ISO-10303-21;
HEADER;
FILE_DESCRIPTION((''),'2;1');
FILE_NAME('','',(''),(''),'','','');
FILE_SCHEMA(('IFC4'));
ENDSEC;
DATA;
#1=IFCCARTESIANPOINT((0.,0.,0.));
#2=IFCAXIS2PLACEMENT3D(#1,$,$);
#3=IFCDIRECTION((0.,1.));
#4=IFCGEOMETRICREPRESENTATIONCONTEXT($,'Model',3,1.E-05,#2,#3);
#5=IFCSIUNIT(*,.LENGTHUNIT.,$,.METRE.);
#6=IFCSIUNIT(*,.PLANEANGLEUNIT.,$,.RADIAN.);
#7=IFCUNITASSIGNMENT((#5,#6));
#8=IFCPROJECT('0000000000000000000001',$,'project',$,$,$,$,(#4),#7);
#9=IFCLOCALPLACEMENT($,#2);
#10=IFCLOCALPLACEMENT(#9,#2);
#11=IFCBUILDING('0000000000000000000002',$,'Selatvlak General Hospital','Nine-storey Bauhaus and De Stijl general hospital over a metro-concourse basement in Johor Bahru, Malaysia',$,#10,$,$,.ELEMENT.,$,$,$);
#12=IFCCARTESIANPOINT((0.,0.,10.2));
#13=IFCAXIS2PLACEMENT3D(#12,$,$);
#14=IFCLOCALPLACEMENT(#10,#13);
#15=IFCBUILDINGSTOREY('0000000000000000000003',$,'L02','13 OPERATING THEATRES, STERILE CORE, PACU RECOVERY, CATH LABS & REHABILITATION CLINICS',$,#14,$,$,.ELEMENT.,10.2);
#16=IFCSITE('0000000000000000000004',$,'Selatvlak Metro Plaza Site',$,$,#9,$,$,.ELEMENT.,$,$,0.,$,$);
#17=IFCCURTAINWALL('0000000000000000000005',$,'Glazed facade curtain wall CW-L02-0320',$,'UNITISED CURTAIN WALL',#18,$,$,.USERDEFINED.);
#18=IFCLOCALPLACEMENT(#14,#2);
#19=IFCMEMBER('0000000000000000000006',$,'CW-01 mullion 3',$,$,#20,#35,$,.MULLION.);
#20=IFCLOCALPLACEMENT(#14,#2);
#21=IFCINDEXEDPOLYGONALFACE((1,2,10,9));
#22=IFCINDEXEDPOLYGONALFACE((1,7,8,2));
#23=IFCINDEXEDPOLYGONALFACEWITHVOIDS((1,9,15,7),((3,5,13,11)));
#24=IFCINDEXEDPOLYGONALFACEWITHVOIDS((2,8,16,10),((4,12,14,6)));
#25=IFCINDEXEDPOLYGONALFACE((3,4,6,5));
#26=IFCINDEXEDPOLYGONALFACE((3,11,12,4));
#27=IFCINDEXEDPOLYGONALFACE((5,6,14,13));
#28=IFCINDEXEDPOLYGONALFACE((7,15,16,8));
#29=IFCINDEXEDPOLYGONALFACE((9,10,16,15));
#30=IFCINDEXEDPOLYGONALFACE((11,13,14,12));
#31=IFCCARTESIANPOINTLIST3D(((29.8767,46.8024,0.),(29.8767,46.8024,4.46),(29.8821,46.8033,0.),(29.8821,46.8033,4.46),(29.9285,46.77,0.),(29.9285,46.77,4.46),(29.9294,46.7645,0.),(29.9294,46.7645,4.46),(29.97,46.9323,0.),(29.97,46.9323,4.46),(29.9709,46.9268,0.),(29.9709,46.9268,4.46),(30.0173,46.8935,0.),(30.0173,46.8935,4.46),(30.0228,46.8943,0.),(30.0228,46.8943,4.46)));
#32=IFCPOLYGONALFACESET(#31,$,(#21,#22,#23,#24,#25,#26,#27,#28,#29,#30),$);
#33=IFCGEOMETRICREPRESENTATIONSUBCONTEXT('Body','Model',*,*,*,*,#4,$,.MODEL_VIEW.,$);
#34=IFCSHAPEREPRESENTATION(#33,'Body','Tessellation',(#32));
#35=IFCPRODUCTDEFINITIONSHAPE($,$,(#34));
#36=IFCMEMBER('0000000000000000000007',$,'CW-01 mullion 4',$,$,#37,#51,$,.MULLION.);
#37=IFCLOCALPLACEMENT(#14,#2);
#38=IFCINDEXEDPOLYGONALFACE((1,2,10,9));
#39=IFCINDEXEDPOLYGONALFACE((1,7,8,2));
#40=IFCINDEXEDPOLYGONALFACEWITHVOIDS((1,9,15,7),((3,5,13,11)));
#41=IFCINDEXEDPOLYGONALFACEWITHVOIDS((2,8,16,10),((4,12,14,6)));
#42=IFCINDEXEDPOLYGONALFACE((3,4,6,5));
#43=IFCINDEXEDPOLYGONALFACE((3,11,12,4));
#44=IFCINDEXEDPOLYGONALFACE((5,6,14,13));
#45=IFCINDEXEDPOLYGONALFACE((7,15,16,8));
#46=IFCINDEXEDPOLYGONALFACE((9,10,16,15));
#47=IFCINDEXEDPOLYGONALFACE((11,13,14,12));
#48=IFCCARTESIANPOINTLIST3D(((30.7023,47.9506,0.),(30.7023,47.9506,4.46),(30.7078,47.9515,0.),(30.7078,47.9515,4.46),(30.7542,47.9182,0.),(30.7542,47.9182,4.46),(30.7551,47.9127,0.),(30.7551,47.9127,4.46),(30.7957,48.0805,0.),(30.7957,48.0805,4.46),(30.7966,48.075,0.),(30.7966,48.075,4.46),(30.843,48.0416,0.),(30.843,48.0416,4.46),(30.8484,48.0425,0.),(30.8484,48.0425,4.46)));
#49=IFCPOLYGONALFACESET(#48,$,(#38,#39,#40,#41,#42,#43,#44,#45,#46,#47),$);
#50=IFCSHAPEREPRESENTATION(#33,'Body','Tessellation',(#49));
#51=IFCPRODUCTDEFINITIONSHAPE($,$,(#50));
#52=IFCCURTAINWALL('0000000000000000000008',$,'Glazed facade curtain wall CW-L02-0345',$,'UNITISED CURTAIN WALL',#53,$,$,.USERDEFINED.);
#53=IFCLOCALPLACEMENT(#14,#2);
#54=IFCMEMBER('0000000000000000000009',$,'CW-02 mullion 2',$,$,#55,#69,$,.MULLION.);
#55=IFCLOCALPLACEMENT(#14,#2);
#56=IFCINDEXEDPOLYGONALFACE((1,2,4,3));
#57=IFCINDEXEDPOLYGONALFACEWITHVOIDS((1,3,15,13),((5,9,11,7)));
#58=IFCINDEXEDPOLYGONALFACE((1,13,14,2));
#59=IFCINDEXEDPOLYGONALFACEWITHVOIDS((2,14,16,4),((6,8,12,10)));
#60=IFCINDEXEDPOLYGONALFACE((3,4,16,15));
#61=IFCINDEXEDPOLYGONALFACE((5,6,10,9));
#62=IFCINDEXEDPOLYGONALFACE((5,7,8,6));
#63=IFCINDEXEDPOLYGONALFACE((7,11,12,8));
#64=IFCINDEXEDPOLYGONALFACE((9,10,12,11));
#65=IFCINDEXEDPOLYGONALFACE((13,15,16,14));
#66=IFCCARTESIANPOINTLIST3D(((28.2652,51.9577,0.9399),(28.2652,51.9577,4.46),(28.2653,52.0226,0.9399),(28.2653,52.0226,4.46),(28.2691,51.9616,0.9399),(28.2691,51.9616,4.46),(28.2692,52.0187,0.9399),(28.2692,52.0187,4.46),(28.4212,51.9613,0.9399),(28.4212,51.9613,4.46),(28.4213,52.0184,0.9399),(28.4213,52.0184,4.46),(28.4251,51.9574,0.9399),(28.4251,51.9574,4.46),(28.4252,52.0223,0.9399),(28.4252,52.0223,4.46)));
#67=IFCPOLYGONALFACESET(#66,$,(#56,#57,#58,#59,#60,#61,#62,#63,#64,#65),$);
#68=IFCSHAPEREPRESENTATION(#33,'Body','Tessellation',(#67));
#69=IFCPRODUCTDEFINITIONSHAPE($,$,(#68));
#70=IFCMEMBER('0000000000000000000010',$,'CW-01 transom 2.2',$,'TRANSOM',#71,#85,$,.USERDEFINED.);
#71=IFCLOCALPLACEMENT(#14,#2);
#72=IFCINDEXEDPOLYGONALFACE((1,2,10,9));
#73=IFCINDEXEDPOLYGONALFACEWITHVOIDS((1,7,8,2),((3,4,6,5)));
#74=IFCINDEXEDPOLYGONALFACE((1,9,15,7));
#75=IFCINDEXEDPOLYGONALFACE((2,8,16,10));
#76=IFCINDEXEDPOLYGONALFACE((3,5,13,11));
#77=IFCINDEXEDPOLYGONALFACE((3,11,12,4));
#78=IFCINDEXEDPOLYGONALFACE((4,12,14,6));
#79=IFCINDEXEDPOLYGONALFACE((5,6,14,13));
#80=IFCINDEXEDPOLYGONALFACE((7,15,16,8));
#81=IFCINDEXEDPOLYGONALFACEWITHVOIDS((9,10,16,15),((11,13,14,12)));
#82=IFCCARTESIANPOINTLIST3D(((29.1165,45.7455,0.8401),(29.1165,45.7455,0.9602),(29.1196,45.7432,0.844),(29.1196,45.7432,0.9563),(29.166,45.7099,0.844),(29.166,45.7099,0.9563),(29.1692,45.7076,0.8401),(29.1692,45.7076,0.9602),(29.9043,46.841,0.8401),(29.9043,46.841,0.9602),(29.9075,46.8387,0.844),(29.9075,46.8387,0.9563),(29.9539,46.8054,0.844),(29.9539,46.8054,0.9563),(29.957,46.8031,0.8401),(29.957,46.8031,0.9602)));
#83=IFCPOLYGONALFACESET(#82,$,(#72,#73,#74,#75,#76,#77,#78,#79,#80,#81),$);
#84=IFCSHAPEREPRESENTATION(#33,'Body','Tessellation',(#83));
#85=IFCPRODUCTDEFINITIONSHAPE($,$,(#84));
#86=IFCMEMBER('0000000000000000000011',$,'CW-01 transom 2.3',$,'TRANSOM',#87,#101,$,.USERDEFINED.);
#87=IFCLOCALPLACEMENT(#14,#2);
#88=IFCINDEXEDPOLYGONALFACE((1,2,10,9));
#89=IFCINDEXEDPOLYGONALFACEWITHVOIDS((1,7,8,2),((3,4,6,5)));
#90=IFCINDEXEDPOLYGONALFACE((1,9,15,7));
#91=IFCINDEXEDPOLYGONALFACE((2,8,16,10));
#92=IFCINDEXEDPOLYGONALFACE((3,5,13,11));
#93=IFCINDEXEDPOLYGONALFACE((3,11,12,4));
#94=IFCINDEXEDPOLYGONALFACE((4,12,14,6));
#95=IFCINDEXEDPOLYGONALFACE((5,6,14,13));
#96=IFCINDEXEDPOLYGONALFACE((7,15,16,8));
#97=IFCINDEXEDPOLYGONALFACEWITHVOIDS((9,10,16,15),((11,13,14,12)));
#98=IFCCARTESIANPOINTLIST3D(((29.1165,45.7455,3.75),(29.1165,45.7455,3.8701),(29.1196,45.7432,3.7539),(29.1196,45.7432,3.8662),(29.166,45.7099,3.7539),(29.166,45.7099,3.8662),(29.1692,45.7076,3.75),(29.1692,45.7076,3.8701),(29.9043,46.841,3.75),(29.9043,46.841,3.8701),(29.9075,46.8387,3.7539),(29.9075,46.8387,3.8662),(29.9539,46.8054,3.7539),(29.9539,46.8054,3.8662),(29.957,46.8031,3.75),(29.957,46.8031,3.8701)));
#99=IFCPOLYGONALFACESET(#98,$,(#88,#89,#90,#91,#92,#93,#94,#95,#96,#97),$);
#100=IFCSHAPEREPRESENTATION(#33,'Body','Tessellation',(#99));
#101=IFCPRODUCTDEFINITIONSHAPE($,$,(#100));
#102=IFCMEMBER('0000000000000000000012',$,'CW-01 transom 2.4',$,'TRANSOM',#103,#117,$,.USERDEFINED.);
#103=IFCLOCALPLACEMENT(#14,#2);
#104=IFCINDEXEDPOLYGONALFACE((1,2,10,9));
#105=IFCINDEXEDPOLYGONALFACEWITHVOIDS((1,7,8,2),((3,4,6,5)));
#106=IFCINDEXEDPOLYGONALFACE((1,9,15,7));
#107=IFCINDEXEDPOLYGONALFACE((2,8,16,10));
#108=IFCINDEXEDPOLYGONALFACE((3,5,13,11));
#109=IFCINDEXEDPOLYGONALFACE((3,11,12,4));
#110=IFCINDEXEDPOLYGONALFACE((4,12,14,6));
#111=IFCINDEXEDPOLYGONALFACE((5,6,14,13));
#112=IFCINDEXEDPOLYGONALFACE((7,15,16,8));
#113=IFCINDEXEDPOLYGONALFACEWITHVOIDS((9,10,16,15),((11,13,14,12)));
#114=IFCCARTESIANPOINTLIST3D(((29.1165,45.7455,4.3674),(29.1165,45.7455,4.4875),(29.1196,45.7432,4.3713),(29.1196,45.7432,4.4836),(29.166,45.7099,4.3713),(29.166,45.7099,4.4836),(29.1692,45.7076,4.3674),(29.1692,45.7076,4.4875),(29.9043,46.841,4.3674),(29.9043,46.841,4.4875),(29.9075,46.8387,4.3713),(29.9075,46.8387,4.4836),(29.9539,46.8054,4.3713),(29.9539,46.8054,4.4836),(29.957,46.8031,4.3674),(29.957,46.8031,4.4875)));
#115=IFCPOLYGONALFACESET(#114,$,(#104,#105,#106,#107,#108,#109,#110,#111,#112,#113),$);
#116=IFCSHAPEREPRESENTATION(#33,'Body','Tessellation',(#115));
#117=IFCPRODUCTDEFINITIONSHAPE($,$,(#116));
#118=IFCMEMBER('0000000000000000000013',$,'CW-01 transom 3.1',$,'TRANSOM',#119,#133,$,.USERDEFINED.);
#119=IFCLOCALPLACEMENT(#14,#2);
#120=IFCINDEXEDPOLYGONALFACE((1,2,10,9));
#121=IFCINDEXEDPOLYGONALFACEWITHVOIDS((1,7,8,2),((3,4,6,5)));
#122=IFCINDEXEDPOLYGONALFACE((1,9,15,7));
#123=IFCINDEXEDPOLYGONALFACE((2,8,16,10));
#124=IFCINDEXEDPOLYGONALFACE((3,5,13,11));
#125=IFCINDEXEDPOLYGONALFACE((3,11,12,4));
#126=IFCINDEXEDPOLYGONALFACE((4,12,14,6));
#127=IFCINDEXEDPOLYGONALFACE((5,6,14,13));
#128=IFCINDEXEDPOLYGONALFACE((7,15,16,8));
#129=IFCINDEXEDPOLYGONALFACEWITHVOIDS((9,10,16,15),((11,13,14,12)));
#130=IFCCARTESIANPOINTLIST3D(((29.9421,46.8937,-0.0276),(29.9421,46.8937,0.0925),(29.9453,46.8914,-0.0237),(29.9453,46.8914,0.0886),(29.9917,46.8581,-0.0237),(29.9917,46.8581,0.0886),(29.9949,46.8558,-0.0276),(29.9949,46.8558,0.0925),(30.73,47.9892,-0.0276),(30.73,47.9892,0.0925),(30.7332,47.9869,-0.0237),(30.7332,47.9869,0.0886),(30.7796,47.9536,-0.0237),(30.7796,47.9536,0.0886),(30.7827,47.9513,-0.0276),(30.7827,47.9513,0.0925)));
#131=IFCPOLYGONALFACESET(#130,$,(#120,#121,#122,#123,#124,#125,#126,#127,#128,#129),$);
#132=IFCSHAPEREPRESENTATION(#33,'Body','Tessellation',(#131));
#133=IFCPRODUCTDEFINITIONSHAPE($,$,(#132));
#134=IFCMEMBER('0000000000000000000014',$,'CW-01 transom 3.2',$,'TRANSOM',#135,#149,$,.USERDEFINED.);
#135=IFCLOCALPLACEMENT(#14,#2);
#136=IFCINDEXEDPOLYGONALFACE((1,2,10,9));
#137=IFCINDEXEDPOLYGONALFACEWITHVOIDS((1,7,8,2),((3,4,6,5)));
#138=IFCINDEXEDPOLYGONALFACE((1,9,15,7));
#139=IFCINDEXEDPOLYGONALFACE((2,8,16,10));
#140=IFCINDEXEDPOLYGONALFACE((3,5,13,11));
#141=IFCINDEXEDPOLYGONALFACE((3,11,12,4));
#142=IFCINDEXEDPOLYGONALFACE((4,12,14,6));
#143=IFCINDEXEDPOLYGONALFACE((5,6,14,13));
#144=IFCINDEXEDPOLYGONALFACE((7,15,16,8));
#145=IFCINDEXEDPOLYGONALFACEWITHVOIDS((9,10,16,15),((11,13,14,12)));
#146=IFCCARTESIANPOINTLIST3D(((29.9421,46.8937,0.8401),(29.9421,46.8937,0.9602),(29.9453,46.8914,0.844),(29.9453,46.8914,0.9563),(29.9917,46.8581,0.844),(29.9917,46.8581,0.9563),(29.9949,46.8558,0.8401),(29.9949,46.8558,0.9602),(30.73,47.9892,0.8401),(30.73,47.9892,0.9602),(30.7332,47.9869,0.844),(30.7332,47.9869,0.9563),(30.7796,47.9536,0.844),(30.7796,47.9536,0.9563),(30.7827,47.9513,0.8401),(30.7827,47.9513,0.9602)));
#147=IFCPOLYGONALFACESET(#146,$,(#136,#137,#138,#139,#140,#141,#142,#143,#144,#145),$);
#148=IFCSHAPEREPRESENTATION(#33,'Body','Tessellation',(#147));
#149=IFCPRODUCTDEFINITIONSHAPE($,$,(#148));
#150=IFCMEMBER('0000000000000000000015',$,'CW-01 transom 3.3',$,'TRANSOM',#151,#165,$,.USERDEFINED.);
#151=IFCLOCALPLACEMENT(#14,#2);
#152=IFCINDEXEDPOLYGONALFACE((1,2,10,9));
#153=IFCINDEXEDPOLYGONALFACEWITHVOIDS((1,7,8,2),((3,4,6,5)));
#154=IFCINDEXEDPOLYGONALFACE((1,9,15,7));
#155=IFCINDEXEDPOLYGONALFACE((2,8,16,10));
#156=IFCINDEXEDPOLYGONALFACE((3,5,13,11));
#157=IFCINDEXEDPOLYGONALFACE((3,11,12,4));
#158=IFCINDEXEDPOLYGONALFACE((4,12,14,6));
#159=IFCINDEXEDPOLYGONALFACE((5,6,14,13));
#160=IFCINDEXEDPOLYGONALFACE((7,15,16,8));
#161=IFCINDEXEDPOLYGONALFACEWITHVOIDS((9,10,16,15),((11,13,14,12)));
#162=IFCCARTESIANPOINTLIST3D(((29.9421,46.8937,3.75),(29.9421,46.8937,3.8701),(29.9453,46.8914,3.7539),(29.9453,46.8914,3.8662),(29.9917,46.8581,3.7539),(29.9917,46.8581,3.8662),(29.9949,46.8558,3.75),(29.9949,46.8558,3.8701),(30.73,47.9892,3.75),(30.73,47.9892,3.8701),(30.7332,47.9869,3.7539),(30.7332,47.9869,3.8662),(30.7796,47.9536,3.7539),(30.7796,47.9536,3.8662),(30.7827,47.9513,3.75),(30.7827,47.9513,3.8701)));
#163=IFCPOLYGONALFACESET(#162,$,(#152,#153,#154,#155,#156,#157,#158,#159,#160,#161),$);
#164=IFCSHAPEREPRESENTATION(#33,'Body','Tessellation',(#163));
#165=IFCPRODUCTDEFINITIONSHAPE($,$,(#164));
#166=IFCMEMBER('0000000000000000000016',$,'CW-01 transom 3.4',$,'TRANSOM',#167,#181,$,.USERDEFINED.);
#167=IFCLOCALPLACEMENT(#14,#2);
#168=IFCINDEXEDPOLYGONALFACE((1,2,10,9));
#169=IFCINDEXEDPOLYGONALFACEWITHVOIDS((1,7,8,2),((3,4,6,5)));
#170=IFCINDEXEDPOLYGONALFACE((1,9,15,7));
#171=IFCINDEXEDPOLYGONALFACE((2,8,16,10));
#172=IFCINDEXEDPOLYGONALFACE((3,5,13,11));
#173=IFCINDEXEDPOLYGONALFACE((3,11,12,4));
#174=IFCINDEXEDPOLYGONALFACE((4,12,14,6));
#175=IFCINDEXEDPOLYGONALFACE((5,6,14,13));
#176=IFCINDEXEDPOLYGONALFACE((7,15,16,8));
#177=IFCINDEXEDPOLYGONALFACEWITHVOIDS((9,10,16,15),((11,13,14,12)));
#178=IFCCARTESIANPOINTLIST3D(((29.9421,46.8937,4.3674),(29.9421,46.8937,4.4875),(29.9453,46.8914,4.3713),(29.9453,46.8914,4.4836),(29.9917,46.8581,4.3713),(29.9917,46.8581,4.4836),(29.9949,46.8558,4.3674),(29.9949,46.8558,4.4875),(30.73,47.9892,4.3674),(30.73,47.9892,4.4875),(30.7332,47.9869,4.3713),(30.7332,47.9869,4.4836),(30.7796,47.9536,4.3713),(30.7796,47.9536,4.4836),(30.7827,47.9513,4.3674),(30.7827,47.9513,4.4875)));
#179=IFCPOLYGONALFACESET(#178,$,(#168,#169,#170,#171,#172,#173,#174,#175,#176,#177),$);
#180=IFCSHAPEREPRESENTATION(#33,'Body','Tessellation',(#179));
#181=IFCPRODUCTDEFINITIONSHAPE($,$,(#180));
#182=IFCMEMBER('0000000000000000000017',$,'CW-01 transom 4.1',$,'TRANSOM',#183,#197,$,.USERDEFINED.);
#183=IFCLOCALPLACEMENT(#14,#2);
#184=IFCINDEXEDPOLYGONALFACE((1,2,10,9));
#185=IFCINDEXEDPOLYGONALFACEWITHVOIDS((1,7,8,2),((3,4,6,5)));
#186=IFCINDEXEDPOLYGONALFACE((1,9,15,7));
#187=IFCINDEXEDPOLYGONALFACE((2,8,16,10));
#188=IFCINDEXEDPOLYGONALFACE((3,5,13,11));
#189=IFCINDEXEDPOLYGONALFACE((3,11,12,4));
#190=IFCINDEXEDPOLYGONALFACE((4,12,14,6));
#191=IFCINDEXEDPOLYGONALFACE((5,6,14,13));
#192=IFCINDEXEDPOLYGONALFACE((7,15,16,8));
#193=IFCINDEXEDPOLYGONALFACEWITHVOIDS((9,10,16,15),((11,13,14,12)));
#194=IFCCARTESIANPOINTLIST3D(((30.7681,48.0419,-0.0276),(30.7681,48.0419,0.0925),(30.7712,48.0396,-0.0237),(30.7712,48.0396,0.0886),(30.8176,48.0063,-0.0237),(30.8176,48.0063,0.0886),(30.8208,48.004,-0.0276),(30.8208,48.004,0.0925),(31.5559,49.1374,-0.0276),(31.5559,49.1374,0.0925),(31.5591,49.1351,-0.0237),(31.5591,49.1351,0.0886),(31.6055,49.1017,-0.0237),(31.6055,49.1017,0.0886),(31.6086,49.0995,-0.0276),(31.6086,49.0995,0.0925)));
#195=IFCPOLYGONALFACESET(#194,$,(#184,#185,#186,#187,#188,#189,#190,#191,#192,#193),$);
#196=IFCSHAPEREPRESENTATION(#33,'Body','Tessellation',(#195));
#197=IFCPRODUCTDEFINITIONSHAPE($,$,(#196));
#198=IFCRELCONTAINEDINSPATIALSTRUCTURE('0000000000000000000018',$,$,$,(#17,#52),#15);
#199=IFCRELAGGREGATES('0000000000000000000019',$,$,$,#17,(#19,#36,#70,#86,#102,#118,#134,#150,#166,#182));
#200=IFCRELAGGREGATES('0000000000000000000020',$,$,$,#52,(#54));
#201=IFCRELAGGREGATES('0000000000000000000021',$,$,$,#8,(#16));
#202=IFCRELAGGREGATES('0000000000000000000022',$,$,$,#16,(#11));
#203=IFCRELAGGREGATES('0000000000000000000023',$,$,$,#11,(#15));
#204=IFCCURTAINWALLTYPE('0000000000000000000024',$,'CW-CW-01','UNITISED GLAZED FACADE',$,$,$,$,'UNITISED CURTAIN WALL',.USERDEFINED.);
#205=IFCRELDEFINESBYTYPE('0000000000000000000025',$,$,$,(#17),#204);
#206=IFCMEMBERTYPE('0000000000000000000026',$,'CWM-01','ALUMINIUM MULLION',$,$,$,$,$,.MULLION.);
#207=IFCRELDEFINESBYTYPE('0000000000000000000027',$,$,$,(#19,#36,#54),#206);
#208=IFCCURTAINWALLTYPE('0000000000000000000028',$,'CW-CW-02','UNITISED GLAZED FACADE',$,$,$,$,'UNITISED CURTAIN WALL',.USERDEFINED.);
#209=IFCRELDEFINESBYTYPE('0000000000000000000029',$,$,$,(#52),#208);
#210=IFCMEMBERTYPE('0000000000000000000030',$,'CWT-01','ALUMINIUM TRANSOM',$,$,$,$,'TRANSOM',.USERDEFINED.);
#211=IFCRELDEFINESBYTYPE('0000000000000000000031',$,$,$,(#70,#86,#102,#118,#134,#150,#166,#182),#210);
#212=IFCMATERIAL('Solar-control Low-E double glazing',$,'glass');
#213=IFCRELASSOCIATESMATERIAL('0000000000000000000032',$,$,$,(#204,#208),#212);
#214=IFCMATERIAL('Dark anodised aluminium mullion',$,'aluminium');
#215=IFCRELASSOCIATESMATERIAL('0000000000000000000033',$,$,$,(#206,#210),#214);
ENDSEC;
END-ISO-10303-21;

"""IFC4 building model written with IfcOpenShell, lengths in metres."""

from ifc_helpers import new_model, si_unit, direction, frame, origin, origin_2d, place, context, subcontext, project, spatial, hollow_rectangle, extrude, material, material_profile, profile_set, type_object, element, aggregate, save


model = new_model("IFC4")

# Units and contexts
model_context = context("Model", 3, precision=1e-05, world=origin(), true_north=direction((0.0, 1.0)))
body_context = subcontext(model_context, "Body", "Model", "MODEL_VIEW")
ifc_project = project(units=[si_unit("LENGTHUNIT", "METRE"), si_unit("PLANEANGLEUNIT", "RADIAN")], contexts=[model_context])

# Site, building, storey
site_placement = place(None, origin())
site = spatial("IfcSite", under=ifc_project, at=site_placement, Name="Selatvlak Metro Plaza Site", CompositionType="ELEMENT", RefElevation=0.0)
building_placement = place(site_placement, origin())
building = spatial("IfcBuilding", under=site, at=building_placement, Name="Selatvlak General Hospital", Description="Nine-storey Bauhaus and De Stijl general hospital over a metro-concourse basement in Johor Bahru, Malaysia", CompositionType="ELEMENT")
storey_placement = place(building_placement, frame((0.0, 0.0, 10.2)))
storey = spatial("IfcBuildingStorey", under=building, at=storey_placement, Name="L02", Description="13 OPERATING THEATRES, STERILE CORE, PACU RECOVERY, CATH LABS & REHABILITATION CLINICS", CompositionType="ELEMENT", Elevation=10.2)

# Curtain wall, members
ifc_material_1 = material(Name="Solar-control Low-E double glazing", Category="glass")
curtain_wall_type_1 = type_object("IfcCurtainWallType", Name="CW-CW-01", Description="UNITISED GLAZED FACADE", ElementType="UNITISED CURTAIN WALL", PredefinedType="USERDEFINED", material=ifc_material_1)
curtain_wall_1_placement = place(storey_placement, origin())
curtain_wall_1 = element("IfcCurtainWall", 1, at=curtain_wall_1_placement, inside=storey, type_object=curtain_wall_type_1, Name="Glazed facade curtain wall CW-L02-0320", ObjectType="UNITISED CURTAIN WALL", PredefinedType="USERDEFINED")
ifc_material_2 = material(Name="Dark anodised aluminium mullion", Category="aluminium")
ifc_material_profile_1 = material_profile(ifc_material_2, hollow_rectangle(XDim=0.0649, YDim=0.1599, WallThickness=0.0039, at=origin_2d()), Name="AL-MUL 65x160x4")
ifc_profile_set_1 = profile_set([ifc_material_profile_1], Name="Dark anodised aluminium mullion")
member_type_1 = type_object("IfcMemberType", Name="CWM-01", Description="ALUMINIUM MULLION", PredefinedType="MULLION", material=ifc_profile_set_1)
member_1_placement = place(storey_placement, frame((29.9497, 46.8484, 0.0), z_axis=(0.0, 0.0, 1.0), x_axis=(-0.811837, 0.583884, 0.0)))
member_1 = element("IfcMember", 2, at=member_1_placement, type_object=member_type_1, Name="CW-01 mullion 3", PredefinedType="MULLION", context=body_context, shape_type="SweptSolid", body=[
    extrude(hollow_rectangle(XDim=0.0649, YDim=0.1599, WallThickness=0.0039, at=origin_2d()), origin(), (0.0, 0.0, 1.0), 4.46),
])
member_2_placement = place(storey_placement, frame((30.7754, 47.9966, 0.0), z_axis=(0.0, 0.0, 1.0), x_axis=(-0.811837, 0.583884, 0.0)))
member_2 = element("IfcMember", 3, at=member_2_placement, type_object=member_type_1, Name="CW-01 mullion 4", PredefinedType="MULLION", context=body_context, shape_type="SweptSolid", body=[
    extrude(hollow_rectangle(XDim=0.0649, YDim=0.1599, WallThickness=0.0039, at=origin_2d()), origin(), (0.0, 0.0, 1.0), 4.46),
])

# Curtain wall, member
curtain_wall_type_2 = type_object("IfcCurtainWallType", Name="CW-CW-02", Description="UNITISED GLAZED FACADE", ElementType="UNITISED CURTAIN WALL", PredefinedType="USERDEFINED", material=ifc_material_1)
curtain_wall_2_placement = place(storey_placement, origin())
curtain_wall_2 = element("IfcCurtainWall", 4, at=curtain_wall_2_placement, inside=storey, type_object=curtain_wall_type_2, Name="Glazed facade curtain wall CW-L02-0345", ObjectType="UNITISED CURTAIN WALL", PredefinedType="USERDEFINED")
member_3_placement = place(storey_placement, frame((28.3452, 51.99, 0.9399), z_axis=(0.0, 0.0, 1.0), x_axis=(-0.001811, -0.999998, 0.0)))
member_3 = element("IfcMember", 5, at=member_3_placement, type_object=member_type_1, Name="CW-02 mullion 2", PredefinedType="MULLION", context=body_context, shape_type="SweptSolid", body=[
    extrude(hollow_rectangle(XDim=0.0649, YDim=0.1599, WallThickness=0.0039, at=origin_2d()), origin(), (0.0, 0.0, 1.0), 3.52),
])

# Members
ifc_material_profile_2 = material_profile(ifc_material_2, hollow_rectangle(XDim=0.0649, YDim=0.1201, WallThickness=0.0039, at=origin_2d()), Name="AL-TRN 65x120x4")
ifc_profile_set_2 = profile_set([ifc_material_profile_2], Name="Dark anodised aluminium mullion")
member_type_2 = type_object("IfcMemberType", Name="CWT-01", Description="ALUMINIUM TRANSOM", ElementType="TRANSOM", PredefinedType="USERDEFINED", material=ifc_profile_set_2)
member_4_placement = place(storey_placement, frame((29.1428, 45.7266, 0.9001), z_axis=(0.583871, 0.811847, 0.0), x_axis=(-0.811847, 0.583871, 0.0)))
member_4 = element("IfcMember", 6, at=member_4_placement, type_object=member_type_2, Name="CW-01 transom 2.2", ObjectType="TRANSOM", PredefinedType="USERDEFINED", context=body_context, shape_type="SweptSolid", body=[
    extrude(hollow_rectangle(XDim=0.0649, YDim=0.1201, WallThickness=0.0039, at=origin_2d()), origin(), (0.0, 0.0, 1.0), 1.3494),
])
member_5_placement = place(storey_placement, frame((29.1428, 45.7266, 3.8101), z_axis=(0.583871, 0.811847, 0.0), x_axis=(-0.811847, 0.583871, 0.0)))
member_5 = element("IfcMember", 7, at=member_5_placement, type_object=member_type_2, Name="CW-01 transom 2.3", ObjectType="TRANSOM", PredefinedType="USERDEFINED", context=body_context, shape_type="SweptSolid", body=[
    extrude(hollow_rectangle(XDim=0.0649, YDim=0.1201, WallThickness=0.0039, at=origin_2d()), origin(), (0.0, 0.0, 1.0), 1.3494),
])
member_6_placement = place(storey_placement, frame((29.1428, 45.7266, 4.4275), z_axis=(0.583871, 0.811847, 0.0), x_axis=(-0.811847, 0.583871, 0.0)))
member_6 = element("IfcMember", 8, at=member_6_placement, type_object=member_type_2, Name="CW-01 transom 2.4", ObjectType="TRANSOM", PredefinedType="USERDEFINED", context=body_context, shape_type="SweptSolid", body=[
    extrude(hollow_rectangle(XDim=0.0649, YDim=0.1201, WallThickness=0.0039, at=origin_2d()), origin(), (0.0, 0.0, 1.0), 1.3494),
])
member_7_placement = place(storey_placement, frame((29.9685, 46.8748, 0.0325), z_axis=(0.583871, 0.811847, 0.0), x_axis=(-0.811847, 0.583871, 0.0)))
member_7 = element("IfcMember", 9, at=member_7_placement, type_object=member_type_2, Name="CW-01 transom 3.1", ObjectType="TRANSOM", PredefinedType="USERDEFINED", context=body_context, shape_type="SweptSolid", body=[
    extrude(hollow_rectangle(XDim=0.0649, YDim=0.1201, WallThickness=0.0039, at=origin_2d()), origin(), (0.0, 0.0, 1.0), 1.3494),
])
member_8_placement = place(storey_placement, frame((29.9685, 46.8748, 0.9001), z_axis=(0.583871, 0.811847, 0.0), x_axis=(-0.811847, 0.583871, 0.0)))
member_8 = element("IfcMember", 10, at=member_8_placement, type_object=member_type_2, Name="CW-01 transom 3.2", ObjectType="TRANSOM", PredefinedType="USERDEFINED", context=body_context, shape_type="SweptSolid", body=[
    extrude(hollow_rectangle(XDim=0.0649, YDim=0.1201, WallThickness=0.0039, at=origin_2d()), origin(), (0.0, 0.0, 1.0), 1.3494),
])
member_9_placement = place(storey_placement, frame((29.9685, 46.8748, 3.8101), z_axis=(0.583871, 0.811847, 0.0), x_axis=(-0.811847, 0.583871, 0.0)))
member_9 = element("IfcMember", 11, at=member_9_placement, type_object=member_type_2, Name="CW-01 transom 3.3", ObjectType="TRANSOM", PredefinedType="USERDEFINED", context=body_context, shape_type="SweptSolid", body=[
    extrude(hollow_rectangle(XDim=0.0649, YDim=0.1201, WallThickness=0.0039, at=origin_2d()), origin(), (0.0, 0.0, 1.0), 1.3494),
])
member_10_placement = place(storey_placement, frame((29.9685, 46.8748, 4.4275), z_axis=(0.583871, 0.811847, 0.0), x_axis=(-0.811847, 0.583871, 0.0)))
member_10 = element("IfcMember", 12, at=member_10_placement, type_object=member_type_2, Name="CW-01 transom 3.4", ObjectType="TRANSOM", PredefinedType="USERDEFINED", context=body_context, shape_type="SweptSolid", body=[
    extrude(hollow_rectangle(XDim=0.0649, YDim=0.1201, WallThickness=0.0039, at=origin_2d()), origin(), (0.0, 0.0, 1.0), 1.3494),
])
member_11_placement = place(storey_placement, frame((30.7944, 48.0229, 0.0325), z_axis=(0.583871, 0.811847, 0.0), x_axis=(-0.811847, 0.583871, 0.0)))
member_11 = element("IfcMember", 13, at=member_11_placement, type_object=member_type_2, Name="CW-01 transom 4.1", ObjectType="TRANSOM", PredefinedType="USERDEFINED", context=body_context, shape_type="SweptSolid", body=[
    extrude(hollow_rectangle(XDim=0.0649, YDim=0.1201, WallThickness=0.0039, at=origin_2d()), origin(), (0.0, 0.0, 1.0), 1.3494),
])

aggregate(curtain_wall_1, [member_1, member_2, member_4, member_5, member_6, member_7, member_8, member_9, member_10, member_11])
aggregate(curtain_wall_2, [member_3])

save(model, "model.ifc")
